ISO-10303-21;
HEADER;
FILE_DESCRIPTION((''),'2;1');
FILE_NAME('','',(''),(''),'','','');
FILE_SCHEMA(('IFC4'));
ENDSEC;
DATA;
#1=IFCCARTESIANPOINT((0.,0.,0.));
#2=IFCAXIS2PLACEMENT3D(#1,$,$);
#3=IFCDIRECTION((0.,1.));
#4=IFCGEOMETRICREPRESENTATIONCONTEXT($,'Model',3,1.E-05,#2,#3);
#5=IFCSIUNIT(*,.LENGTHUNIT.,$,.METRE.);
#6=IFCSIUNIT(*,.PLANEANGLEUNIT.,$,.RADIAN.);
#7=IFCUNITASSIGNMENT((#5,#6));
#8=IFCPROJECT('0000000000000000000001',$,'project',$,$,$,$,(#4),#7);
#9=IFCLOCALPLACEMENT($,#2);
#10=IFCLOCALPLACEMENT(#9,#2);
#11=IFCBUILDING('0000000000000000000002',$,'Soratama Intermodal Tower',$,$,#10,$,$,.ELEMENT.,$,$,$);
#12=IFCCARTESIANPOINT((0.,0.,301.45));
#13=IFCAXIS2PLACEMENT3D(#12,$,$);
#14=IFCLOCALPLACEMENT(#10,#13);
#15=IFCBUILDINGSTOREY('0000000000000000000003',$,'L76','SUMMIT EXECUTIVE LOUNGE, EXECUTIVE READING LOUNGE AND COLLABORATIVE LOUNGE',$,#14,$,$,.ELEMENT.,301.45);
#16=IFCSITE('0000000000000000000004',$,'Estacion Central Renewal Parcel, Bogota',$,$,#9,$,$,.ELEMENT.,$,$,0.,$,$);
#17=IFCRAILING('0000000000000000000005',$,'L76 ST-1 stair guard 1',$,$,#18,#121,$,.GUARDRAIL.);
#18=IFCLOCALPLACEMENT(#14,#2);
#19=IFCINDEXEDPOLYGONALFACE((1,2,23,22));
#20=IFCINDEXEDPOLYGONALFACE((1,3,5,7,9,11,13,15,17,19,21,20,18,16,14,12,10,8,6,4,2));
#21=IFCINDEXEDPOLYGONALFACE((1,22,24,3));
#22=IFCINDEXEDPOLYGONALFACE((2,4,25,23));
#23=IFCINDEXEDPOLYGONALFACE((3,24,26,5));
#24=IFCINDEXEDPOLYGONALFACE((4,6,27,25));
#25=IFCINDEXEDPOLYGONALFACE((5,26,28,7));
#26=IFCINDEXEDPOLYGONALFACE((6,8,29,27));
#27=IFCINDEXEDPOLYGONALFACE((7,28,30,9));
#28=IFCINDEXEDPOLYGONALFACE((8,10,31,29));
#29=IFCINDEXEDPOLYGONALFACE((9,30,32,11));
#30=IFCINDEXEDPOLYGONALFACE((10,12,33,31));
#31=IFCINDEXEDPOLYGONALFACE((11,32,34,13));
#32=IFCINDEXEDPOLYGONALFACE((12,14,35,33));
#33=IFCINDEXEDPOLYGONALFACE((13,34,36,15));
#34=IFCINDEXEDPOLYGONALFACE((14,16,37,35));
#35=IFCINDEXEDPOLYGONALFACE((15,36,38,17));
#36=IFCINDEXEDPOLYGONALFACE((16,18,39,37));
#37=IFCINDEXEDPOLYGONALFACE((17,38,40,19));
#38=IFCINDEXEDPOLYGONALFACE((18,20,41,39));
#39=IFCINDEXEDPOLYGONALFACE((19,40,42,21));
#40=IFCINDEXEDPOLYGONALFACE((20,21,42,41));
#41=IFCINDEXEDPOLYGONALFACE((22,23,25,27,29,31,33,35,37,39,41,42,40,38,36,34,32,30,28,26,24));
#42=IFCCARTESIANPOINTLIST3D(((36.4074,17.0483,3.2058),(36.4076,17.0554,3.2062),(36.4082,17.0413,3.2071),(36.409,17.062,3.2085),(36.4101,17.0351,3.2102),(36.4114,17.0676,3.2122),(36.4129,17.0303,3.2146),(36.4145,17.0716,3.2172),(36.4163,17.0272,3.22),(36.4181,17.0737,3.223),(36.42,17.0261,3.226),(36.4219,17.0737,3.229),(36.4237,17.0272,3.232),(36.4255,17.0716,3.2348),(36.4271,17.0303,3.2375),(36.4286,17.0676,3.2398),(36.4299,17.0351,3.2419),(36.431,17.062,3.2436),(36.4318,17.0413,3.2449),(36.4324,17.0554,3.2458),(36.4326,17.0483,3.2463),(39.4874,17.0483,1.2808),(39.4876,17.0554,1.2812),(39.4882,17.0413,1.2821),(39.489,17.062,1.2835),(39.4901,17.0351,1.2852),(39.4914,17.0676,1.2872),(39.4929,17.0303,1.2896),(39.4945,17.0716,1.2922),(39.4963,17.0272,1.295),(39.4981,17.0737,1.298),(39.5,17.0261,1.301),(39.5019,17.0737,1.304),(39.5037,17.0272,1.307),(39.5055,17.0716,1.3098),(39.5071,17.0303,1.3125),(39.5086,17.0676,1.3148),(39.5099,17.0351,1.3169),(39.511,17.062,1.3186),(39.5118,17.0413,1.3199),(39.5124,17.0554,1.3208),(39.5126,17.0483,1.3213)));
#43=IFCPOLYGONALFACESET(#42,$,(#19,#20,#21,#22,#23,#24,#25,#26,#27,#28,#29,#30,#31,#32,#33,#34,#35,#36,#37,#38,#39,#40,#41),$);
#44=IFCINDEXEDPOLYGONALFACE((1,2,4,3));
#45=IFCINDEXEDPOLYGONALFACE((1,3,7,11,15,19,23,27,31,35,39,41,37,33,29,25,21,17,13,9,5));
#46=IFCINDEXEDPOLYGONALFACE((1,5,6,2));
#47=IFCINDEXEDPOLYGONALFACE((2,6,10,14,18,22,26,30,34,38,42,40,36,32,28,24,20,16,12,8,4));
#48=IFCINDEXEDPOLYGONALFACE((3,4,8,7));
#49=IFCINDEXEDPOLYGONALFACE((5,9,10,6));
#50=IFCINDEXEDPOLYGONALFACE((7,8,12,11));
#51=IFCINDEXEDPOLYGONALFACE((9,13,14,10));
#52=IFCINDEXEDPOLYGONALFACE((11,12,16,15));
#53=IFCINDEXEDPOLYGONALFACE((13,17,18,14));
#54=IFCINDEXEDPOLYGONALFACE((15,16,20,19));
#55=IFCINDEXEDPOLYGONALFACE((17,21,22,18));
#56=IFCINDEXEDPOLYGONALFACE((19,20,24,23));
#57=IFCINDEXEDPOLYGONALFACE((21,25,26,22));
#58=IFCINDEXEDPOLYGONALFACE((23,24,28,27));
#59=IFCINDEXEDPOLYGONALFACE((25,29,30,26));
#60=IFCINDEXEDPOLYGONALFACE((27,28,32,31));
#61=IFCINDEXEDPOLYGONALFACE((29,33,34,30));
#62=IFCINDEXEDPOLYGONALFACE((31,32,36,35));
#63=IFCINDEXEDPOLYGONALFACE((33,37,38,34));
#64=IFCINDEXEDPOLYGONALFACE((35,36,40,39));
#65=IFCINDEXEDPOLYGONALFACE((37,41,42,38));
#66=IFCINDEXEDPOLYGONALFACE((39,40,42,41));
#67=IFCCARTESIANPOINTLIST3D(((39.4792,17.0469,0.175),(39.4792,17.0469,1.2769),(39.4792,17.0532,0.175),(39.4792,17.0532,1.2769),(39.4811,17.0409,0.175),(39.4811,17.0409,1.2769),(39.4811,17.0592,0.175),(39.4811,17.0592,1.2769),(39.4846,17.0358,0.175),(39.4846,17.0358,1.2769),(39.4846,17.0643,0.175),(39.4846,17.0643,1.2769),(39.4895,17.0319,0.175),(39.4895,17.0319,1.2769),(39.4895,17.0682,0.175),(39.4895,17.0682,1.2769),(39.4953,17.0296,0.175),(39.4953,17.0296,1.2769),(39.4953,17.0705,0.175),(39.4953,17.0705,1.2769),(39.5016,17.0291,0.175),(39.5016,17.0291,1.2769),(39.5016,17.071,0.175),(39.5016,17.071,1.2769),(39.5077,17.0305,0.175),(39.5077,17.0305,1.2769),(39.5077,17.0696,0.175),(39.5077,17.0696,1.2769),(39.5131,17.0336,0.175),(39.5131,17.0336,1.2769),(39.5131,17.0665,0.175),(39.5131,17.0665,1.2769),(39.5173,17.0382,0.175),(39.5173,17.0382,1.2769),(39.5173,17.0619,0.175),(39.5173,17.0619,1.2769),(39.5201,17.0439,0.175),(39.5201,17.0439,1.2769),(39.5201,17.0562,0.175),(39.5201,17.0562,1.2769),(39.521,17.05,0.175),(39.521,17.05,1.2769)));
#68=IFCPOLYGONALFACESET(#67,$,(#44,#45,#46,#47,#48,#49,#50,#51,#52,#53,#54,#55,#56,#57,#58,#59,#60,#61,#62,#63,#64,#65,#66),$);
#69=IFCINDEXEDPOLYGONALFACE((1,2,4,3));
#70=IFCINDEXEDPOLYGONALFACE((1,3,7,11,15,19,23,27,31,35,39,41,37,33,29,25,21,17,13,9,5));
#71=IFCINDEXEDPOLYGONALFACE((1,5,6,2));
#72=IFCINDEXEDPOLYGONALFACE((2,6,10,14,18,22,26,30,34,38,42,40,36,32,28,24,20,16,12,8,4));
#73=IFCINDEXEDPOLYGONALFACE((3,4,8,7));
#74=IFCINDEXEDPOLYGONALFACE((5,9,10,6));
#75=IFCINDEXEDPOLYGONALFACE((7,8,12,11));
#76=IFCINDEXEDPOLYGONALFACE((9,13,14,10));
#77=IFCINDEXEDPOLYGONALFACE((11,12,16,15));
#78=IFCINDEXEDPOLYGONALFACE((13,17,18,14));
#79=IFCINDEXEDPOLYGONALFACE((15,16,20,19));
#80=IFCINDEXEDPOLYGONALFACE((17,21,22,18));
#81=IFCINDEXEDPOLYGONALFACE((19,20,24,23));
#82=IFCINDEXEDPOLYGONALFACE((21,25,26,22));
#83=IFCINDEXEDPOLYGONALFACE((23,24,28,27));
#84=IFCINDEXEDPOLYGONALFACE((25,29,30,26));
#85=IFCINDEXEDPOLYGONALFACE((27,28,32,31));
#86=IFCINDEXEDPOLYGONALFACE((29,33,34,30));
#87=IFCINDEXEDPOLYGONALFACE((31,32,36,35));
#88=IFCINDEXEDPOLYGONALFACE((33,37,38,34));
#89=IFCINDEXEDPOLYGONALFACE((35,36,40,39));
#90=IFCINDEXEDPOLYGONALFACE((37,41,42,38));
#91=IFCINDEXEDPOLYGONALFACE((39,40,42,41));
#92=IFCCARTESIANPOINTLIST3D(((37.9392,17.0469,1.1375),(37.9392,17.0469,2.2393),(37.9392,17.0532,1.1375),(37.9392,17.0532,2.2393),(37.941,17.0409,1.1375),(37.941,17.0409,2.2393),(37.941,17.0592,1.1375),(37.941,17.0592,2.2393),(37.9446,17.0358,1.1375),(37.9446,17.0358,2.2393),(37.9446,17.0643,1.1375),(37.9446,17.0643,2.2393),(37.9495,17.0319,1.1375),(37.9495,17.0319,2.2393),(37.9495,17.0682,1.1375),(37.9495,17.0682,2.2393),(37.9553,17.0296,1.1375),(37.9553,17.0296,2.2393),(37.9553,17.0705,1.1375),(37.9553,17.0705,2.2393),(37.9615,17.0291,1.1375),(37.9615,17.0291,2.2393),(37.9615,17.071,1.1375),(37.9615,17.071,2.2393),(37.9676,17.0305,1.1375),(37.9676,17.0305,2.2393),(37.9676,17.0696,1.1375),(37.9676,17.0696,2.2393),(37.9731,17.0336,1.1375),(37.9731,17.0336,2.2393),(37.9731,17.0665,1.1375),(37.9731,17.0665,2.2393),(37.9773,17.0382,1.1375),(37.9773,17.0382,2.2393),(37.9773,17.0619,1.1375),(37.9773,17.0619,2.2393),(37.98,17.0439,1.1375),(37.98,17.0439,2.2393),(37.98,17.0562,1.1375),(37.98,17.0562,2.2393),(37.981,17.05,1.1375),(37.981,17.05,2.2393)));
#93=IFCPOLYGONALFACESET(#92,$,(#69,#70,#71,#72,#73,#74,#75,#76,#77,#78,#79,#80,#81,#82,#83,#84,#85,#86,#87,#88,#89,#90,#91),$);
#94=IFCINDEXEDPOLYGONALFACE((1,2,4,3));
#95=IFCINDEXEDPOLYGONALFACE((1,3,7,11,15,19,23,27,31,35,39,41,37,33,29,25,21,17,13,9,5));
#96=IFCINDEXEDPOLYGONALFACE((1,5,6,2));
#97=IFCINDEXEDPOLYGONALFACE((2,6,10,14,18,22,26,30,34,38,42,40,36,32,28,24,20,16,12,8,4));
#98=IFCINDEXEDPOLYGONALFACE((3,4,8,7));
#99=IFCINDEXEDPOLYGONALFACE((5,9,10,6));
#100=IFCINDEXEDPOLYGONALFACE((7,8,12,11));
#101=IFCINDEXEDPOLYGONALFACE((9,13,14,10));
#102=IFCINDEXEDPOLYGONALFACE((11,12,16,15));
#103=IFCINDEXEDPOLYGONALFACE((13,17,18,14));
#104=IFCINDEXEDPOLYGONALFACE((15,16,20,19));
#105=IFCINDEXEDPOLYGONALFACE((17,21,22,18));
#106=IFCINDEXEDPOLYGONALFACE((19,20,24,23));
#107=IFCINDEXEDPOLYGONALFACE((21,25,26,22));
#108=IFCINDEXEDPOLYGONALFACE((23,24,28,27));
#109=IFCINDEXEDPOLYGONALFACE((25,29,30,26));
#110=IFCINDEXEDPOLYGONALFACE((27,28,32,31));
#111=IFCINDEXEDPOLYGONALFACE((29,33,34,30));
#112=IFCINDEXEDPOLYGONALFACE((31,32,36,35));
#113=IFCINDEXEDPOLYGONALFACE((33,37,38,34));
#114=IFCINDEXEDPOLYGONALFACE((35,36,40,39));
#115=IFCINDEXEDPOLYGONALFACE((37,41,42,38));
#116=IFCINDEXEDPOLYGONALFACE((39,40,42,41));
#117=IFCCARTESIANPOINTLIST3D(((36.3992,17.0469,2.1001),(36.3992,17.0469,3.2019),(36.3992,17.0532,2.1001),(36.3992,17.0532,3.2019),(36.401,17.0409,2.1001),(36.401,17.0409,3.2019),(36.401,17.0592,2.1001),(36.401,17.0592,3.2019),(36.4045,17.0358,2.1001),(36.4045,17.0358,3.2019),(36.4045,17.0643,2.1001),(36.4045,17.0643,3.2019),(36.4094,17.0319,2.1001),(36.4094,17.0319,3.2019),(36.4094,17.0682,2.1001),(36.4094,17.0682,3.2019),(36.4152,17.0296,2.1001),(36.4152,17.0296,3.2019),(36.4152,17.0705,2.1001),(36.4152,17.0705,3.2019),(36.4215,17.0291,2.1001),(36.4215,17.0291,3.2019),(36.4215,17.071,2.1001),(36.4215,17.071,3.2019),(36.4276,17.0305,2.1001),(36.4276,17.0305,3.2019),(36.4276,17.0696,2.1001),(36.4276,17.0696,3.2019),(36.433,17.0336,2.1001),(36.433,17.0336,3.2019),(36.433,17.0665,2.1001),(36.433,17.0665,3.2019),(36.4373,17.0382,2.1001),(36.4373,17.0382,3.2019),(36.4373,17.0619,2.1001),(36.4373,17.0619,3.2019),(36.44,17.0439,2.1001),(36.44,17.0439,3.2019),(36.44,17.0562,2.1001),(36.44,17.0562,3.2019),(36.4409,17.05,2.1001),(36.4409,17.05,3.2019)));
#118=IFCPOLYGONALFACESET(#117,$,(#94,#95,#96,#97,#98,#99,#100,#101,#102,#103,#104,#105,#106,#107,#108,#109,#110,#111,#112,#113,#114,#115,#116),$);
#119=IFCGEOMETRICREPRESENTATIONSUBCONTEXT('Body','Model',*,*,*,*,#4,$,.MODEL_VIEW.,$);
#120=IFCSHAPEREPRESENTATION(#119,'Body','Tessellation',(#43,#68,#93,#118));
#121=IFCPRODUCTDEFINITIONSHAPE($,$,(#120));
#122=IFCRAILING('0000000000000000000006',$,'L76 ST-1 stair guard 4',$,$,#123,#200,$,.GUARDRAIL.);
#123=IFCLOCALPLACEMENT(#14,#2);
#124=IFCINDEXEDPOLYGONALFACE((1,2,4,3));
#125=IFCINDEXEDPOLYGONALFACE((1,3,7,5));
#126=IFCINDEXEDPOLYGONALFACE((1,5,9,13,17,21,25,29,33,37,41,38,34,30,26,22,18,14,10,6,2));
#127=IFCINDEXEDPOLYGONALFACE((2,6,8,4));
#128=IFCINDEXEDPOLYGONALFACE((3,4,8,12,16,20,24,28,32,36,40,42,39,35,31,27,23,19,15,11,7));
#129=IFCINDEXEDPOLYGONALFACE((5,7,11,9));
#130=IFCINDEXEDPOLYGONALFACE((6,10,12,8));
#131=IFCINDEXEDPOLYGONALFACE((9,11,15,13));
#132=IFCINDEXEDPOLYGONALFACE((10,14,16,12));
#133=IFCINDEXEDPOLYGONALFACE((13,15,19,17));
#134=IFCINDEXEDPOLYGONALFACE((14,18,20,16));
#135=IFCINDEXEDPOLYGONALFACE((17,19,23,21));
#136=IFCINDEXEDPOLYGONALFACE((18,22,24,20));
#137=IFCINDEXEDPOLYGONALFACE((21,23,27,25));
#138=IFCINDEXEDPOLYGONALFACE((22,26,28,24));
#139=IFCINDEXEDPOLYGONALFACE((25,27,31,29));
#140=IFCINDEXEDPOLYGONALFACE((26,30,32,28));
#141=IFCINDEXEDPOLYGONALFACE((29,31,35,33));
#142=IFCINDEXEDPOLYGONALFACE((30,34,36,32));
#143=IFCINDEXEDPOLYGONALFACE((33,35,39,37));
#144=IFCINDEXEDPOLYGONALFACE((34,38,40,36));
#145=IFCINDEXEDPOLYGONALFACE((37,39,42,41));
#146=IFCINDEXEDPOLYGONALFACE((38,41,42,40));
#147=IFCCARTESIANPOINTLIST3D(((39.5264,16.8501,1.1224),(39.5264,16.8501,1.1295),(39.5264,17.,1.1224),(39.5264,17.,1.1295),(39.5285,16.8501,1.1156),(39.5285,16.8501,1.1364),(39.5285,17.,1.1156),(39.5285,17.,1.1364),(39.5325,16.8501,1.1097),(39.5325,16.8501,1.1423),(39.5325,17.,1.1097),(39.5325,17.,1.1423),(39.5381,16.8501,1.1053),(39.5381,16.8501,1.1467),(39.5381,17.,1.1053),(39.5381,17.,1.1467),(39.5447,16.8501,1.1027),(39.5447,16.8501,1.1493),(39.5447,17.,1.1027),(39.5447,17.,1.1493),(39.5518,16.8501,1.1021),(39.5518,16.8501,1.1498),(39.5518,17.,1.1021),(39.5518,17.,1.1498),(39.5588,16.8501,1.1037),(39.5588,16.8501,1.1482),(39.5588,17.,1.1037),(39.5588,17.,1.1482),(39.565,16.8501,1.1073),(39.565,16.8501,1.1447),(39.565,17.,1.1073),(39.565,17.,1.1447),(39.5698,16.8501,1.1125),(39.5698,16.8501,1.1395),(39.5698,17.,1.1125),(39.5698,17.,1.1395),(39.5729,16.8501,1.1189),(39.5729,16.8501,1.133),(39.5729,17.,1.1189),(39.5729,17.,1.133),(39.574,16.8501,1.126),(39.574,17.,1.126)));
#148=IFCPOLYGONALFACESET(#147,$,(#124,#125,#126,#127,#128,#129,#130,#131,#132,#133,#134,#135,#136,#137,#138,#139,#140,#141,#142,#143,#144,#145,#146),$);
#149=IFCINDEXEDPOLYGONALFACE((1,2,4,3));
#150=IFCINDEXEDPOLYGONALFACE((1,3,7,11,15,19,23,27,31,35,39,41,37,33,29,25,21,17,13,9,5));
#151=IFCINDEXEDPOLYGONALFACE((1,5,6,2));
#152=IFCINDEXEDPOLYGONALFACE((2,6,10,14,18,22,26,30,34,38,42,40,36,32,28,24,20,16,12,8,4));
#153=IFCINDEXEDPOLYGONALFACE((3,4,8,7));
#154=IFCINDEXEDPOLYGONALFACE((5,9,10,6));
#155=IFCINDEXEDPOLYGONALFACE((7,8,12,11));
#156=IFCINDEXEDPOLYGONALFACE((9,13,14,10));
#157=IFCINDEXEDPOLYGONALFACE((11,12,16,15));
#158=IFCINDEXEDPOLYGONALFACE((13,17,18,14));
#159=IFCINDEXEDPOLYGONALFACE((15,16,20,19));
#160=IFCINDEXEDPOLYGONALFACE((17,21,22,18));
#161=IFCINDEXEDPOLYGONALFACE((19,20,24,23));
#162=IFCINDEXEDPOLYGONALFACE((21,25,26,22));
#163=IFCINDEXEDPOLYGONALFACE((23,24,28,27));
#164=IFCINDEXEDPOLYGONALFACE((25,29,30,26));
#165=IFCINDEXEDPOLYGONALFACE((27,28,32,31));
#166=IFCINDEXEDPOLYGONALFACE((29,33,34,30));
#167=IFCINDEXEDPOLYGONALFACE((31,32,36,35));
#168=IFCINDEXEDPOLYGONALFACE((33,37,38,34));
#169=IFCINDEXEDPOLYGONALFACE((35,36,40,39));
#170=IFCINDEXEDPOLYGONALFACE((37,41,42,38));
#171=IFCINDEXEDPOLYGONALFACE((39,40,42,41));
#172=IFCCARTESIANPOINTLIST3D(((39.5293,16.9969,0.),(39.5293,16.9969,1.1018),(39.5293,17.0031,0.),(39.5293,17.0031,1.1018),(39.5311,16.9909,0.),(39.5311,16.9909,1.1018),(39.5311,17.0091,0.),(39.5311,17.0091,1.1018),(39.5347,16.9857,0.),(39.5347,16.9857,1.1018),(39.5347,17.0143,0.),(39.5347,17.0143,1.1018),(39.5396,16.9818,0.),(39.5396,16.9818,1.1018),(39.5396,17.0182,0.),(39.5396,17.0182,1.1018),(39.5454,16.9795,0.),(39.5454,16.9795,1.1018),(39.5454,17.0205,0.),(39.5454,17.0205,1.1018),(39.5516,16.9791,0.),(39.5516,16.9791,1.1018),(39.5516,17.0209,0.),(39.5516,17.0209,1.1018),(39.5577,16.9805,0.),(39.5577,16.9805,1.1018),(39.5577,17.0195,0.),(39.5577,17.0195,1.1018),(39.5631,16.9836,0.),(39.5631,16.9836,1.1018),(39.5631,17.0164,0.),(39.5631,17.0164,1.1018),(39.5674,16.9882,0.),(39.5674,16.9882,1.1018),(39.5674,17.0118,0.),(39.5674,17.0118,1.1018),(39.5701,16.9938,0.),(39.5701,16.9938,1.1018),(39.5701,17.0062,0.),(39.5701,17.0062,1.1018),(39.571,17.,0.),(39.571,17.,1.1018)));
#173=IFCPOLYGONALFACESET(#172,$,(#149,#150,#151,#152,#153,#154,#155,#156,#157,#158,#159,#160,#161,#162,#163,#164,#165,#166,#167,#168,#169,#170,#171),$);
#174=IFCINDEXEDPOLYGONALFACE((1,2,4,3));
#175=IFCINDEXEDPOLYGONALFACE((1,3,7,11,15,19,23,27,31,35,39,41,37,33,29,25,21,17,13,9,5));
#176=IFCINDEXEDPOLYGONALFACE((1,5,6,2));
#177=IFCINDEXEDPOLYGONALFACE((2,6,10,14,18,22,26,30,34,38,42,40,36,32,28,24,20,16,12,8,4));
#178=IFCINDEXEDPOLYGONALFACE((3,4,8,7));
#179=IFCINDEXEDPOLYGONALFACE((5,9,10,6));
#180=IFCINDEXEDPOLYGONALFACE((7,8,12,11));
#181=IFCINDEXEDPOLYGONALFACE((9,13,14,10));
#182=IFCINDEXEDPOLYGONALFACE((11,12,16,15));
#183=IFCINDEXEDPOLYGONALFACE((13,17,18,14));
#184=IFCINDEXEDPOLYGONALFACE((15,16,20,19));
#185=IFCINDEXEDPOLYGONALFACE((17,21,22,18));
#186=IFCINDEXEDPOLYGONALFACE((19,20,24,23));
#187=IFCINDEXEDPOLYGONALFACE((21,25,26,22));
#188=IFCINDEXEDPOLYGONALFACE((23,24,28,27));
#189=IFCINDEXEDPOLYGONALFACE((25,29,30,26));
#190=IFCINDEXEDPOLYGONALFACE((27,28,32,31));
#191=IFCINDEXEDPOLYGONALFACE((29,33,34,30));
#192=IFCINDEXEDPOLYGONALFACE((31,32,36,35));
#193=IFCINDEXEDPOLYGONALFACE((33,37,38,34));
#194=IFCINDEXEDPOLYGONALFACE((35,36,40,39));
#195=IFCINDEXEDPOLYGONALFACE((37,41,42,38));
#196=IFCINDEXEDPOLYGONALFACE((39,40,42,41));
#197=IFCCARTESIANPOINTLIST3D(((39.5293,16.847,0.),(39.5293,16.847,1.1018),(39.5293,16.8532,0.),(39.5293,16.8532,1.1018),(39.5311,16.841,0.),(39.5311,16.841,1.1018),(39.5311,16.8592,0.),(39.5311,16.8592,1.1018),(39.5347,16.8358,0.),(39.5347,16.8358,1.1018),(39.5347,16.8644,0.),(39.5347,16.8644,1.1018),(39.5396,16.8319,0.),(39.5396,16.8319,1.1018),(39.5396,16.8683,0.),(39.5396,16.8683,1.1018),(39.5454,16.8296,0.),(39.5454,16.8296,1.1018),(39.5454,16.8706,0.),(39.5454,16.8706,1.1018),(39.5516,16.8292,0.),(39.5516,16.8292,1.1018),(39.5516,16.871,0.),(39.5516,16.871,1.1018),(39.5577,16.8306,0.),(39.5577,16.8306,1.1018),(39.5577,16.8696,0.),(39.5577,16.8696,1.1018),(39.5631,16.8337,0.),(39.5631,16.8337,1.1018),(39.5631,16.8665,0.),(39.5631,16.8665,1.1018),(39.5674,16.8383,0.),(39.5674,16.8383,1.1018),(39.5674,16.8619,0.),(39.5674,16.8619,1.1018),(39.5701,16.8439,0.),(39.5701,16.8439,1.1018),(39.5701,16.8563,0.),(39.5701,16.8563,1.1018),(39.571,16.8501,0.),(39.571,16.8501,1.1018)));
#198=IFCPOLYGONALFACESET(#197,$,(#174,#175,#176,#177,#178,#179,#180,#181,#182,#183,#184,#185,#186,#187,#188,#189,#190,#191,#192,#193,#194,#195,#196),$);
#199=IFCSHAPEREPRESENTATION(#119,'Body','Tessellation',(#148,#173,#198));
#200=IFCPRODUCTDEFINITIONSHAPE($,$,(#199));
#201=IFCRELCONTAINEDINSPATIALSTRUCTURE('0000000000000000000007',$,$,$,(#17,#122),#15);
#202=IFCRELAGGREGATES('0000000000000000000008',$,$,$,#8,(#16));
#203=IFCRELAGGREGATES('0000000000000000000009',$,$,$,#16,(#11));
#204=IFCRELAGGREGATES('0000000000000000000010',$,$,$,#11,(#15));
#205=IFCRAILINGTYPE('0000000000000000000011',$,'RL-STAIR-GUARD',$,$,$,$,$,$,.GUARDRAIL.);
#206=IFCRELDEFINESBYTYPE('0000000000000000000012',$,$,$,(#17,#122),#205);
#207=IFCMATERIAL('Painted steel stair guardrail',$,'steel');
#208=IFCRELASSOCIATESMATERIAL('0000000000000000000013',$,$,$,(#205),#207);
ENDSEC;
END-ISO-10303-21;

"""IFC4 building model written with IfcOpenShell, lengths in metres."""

from ifc_helpers import new_model, si_unit, direction, frame, origin, origin_2d, place, context, subcontext, project, spatial, circle, extrude, material, type_object, element, save


model = new_model("IFC4")

# Units and contexts
model_context = context("Model", 3, precision=1e-05, world=origin(), true_north=direction((0.0, 1.0)))
body_context = subcontext(model_context, "Body", "Model", "MODEL_VIEW")
ifc_project = project(units=[si_unit("LENGTHUNIT", "METRE"), si_unit("PLANEANGLEUNIT", "RADIAN")], contexts=[model_context])

# Site, building, storey
site_placement = place(None, origin())
site = spatial("IfcSite", under=ifc_project, at=site_placement, Name="Estacion Central Renewal Parcel, Bogota", CompositionType="ELEMENT", RefElevation=0.0)
building_placement = place(site_placement, origin())
building = spatial("IfcBuilding", under=site, at=building_placement, Name="Soratama Intermodal Tower", CompositionType="ELEMENT")
storey_placement = place(building_placement, frame((0.0, 0.0, 301.45)))
storey = spatial("IfcBuildingStorey", under=building, at=storey_placement, Name="L76", Description="SUMMIT EXECUTIVE LOUNGE, EXECUTIVE READING LOUNGE AND COLLABORATIVE LOUNGE", CompositionType="ELEMENT", Elevation=301.45)

# Railings
ifc_material_1 = material(Name="Painted steel stair guardrail", Category="steel")
railing_type_1 = type_object("IfcRailingType", Name="RL-STAIR-GUARD", PredefinedType="GUARDRAIL", material=ifc_material_1)
railing_1_placement = place(storey_placement, frame((39.5, 17.05, 0.175)))
element("IfcRailing", 1, at=railing_1_placement, inside=storey, type_object=railing_type_1, Name="L76 ST-1 stair guard 1", PredefinedType="GUARDRAIL", context=body_context, shape_type="SweptSolid", body=[
    extrude(circle(Radius=0.0239, at=origin_2d()), frame((0.0, 0.0, 1.126), z_axis=(-0.847998, 0.0, 0.529999), x_axis=(0.0, -1.0, 0.0)), (0.0, 0.0, 1.0), 3.6321),
    extrude(circle(Radius=0.021, at=origin_2d()), origin(), (0.0, 0.0, 1.0), 1.1018),
    extrude(circle(Radius=0.021, at=origin_2d()), frame((-1.54, 0.0, 0.9624)), (0.0, 0.0, 1.0), 1.1018),
    extrude(circle(Radius=0.021, at=origin_2d()), frame((-3.0801, 0.0, 1.925)), (0.0, 0.0, 1.0), 1.1018),
])
railing_2_placement = place(storey_placement, frame((39.55, 17.0, 0.0)))
element("IfcRailing", 2, at=railing_2_placement, inside=storey, type_object=railing_type_1, Name="L76 ST-1 stair guard 4", PredefinedType="GUARDRAIL", context=body_context, shape_type="SweptSolid", body=[
    extrude(circle(Radius=0.0239, at=origin_2d()), frame((0.0, 0.0, 1.126), z_axis=(0.0, -1.0, 0.0), x_axis=(1.0, 0.0, 0.0)), (0.0, 0.0, 1.0), 0.1499),
    extrude(circle(Radius=0.021, at=origin_2d()), origin(), (0.0, 0.0, 1.0), 1.1018),
    extrude(circle(Radius=0.021, at=origin_2d()), frame((0.0, -0.1499, 0.0)), (0.0, 0.0, 1.0), 1.1018),
])

save(model, "model.ifc")
